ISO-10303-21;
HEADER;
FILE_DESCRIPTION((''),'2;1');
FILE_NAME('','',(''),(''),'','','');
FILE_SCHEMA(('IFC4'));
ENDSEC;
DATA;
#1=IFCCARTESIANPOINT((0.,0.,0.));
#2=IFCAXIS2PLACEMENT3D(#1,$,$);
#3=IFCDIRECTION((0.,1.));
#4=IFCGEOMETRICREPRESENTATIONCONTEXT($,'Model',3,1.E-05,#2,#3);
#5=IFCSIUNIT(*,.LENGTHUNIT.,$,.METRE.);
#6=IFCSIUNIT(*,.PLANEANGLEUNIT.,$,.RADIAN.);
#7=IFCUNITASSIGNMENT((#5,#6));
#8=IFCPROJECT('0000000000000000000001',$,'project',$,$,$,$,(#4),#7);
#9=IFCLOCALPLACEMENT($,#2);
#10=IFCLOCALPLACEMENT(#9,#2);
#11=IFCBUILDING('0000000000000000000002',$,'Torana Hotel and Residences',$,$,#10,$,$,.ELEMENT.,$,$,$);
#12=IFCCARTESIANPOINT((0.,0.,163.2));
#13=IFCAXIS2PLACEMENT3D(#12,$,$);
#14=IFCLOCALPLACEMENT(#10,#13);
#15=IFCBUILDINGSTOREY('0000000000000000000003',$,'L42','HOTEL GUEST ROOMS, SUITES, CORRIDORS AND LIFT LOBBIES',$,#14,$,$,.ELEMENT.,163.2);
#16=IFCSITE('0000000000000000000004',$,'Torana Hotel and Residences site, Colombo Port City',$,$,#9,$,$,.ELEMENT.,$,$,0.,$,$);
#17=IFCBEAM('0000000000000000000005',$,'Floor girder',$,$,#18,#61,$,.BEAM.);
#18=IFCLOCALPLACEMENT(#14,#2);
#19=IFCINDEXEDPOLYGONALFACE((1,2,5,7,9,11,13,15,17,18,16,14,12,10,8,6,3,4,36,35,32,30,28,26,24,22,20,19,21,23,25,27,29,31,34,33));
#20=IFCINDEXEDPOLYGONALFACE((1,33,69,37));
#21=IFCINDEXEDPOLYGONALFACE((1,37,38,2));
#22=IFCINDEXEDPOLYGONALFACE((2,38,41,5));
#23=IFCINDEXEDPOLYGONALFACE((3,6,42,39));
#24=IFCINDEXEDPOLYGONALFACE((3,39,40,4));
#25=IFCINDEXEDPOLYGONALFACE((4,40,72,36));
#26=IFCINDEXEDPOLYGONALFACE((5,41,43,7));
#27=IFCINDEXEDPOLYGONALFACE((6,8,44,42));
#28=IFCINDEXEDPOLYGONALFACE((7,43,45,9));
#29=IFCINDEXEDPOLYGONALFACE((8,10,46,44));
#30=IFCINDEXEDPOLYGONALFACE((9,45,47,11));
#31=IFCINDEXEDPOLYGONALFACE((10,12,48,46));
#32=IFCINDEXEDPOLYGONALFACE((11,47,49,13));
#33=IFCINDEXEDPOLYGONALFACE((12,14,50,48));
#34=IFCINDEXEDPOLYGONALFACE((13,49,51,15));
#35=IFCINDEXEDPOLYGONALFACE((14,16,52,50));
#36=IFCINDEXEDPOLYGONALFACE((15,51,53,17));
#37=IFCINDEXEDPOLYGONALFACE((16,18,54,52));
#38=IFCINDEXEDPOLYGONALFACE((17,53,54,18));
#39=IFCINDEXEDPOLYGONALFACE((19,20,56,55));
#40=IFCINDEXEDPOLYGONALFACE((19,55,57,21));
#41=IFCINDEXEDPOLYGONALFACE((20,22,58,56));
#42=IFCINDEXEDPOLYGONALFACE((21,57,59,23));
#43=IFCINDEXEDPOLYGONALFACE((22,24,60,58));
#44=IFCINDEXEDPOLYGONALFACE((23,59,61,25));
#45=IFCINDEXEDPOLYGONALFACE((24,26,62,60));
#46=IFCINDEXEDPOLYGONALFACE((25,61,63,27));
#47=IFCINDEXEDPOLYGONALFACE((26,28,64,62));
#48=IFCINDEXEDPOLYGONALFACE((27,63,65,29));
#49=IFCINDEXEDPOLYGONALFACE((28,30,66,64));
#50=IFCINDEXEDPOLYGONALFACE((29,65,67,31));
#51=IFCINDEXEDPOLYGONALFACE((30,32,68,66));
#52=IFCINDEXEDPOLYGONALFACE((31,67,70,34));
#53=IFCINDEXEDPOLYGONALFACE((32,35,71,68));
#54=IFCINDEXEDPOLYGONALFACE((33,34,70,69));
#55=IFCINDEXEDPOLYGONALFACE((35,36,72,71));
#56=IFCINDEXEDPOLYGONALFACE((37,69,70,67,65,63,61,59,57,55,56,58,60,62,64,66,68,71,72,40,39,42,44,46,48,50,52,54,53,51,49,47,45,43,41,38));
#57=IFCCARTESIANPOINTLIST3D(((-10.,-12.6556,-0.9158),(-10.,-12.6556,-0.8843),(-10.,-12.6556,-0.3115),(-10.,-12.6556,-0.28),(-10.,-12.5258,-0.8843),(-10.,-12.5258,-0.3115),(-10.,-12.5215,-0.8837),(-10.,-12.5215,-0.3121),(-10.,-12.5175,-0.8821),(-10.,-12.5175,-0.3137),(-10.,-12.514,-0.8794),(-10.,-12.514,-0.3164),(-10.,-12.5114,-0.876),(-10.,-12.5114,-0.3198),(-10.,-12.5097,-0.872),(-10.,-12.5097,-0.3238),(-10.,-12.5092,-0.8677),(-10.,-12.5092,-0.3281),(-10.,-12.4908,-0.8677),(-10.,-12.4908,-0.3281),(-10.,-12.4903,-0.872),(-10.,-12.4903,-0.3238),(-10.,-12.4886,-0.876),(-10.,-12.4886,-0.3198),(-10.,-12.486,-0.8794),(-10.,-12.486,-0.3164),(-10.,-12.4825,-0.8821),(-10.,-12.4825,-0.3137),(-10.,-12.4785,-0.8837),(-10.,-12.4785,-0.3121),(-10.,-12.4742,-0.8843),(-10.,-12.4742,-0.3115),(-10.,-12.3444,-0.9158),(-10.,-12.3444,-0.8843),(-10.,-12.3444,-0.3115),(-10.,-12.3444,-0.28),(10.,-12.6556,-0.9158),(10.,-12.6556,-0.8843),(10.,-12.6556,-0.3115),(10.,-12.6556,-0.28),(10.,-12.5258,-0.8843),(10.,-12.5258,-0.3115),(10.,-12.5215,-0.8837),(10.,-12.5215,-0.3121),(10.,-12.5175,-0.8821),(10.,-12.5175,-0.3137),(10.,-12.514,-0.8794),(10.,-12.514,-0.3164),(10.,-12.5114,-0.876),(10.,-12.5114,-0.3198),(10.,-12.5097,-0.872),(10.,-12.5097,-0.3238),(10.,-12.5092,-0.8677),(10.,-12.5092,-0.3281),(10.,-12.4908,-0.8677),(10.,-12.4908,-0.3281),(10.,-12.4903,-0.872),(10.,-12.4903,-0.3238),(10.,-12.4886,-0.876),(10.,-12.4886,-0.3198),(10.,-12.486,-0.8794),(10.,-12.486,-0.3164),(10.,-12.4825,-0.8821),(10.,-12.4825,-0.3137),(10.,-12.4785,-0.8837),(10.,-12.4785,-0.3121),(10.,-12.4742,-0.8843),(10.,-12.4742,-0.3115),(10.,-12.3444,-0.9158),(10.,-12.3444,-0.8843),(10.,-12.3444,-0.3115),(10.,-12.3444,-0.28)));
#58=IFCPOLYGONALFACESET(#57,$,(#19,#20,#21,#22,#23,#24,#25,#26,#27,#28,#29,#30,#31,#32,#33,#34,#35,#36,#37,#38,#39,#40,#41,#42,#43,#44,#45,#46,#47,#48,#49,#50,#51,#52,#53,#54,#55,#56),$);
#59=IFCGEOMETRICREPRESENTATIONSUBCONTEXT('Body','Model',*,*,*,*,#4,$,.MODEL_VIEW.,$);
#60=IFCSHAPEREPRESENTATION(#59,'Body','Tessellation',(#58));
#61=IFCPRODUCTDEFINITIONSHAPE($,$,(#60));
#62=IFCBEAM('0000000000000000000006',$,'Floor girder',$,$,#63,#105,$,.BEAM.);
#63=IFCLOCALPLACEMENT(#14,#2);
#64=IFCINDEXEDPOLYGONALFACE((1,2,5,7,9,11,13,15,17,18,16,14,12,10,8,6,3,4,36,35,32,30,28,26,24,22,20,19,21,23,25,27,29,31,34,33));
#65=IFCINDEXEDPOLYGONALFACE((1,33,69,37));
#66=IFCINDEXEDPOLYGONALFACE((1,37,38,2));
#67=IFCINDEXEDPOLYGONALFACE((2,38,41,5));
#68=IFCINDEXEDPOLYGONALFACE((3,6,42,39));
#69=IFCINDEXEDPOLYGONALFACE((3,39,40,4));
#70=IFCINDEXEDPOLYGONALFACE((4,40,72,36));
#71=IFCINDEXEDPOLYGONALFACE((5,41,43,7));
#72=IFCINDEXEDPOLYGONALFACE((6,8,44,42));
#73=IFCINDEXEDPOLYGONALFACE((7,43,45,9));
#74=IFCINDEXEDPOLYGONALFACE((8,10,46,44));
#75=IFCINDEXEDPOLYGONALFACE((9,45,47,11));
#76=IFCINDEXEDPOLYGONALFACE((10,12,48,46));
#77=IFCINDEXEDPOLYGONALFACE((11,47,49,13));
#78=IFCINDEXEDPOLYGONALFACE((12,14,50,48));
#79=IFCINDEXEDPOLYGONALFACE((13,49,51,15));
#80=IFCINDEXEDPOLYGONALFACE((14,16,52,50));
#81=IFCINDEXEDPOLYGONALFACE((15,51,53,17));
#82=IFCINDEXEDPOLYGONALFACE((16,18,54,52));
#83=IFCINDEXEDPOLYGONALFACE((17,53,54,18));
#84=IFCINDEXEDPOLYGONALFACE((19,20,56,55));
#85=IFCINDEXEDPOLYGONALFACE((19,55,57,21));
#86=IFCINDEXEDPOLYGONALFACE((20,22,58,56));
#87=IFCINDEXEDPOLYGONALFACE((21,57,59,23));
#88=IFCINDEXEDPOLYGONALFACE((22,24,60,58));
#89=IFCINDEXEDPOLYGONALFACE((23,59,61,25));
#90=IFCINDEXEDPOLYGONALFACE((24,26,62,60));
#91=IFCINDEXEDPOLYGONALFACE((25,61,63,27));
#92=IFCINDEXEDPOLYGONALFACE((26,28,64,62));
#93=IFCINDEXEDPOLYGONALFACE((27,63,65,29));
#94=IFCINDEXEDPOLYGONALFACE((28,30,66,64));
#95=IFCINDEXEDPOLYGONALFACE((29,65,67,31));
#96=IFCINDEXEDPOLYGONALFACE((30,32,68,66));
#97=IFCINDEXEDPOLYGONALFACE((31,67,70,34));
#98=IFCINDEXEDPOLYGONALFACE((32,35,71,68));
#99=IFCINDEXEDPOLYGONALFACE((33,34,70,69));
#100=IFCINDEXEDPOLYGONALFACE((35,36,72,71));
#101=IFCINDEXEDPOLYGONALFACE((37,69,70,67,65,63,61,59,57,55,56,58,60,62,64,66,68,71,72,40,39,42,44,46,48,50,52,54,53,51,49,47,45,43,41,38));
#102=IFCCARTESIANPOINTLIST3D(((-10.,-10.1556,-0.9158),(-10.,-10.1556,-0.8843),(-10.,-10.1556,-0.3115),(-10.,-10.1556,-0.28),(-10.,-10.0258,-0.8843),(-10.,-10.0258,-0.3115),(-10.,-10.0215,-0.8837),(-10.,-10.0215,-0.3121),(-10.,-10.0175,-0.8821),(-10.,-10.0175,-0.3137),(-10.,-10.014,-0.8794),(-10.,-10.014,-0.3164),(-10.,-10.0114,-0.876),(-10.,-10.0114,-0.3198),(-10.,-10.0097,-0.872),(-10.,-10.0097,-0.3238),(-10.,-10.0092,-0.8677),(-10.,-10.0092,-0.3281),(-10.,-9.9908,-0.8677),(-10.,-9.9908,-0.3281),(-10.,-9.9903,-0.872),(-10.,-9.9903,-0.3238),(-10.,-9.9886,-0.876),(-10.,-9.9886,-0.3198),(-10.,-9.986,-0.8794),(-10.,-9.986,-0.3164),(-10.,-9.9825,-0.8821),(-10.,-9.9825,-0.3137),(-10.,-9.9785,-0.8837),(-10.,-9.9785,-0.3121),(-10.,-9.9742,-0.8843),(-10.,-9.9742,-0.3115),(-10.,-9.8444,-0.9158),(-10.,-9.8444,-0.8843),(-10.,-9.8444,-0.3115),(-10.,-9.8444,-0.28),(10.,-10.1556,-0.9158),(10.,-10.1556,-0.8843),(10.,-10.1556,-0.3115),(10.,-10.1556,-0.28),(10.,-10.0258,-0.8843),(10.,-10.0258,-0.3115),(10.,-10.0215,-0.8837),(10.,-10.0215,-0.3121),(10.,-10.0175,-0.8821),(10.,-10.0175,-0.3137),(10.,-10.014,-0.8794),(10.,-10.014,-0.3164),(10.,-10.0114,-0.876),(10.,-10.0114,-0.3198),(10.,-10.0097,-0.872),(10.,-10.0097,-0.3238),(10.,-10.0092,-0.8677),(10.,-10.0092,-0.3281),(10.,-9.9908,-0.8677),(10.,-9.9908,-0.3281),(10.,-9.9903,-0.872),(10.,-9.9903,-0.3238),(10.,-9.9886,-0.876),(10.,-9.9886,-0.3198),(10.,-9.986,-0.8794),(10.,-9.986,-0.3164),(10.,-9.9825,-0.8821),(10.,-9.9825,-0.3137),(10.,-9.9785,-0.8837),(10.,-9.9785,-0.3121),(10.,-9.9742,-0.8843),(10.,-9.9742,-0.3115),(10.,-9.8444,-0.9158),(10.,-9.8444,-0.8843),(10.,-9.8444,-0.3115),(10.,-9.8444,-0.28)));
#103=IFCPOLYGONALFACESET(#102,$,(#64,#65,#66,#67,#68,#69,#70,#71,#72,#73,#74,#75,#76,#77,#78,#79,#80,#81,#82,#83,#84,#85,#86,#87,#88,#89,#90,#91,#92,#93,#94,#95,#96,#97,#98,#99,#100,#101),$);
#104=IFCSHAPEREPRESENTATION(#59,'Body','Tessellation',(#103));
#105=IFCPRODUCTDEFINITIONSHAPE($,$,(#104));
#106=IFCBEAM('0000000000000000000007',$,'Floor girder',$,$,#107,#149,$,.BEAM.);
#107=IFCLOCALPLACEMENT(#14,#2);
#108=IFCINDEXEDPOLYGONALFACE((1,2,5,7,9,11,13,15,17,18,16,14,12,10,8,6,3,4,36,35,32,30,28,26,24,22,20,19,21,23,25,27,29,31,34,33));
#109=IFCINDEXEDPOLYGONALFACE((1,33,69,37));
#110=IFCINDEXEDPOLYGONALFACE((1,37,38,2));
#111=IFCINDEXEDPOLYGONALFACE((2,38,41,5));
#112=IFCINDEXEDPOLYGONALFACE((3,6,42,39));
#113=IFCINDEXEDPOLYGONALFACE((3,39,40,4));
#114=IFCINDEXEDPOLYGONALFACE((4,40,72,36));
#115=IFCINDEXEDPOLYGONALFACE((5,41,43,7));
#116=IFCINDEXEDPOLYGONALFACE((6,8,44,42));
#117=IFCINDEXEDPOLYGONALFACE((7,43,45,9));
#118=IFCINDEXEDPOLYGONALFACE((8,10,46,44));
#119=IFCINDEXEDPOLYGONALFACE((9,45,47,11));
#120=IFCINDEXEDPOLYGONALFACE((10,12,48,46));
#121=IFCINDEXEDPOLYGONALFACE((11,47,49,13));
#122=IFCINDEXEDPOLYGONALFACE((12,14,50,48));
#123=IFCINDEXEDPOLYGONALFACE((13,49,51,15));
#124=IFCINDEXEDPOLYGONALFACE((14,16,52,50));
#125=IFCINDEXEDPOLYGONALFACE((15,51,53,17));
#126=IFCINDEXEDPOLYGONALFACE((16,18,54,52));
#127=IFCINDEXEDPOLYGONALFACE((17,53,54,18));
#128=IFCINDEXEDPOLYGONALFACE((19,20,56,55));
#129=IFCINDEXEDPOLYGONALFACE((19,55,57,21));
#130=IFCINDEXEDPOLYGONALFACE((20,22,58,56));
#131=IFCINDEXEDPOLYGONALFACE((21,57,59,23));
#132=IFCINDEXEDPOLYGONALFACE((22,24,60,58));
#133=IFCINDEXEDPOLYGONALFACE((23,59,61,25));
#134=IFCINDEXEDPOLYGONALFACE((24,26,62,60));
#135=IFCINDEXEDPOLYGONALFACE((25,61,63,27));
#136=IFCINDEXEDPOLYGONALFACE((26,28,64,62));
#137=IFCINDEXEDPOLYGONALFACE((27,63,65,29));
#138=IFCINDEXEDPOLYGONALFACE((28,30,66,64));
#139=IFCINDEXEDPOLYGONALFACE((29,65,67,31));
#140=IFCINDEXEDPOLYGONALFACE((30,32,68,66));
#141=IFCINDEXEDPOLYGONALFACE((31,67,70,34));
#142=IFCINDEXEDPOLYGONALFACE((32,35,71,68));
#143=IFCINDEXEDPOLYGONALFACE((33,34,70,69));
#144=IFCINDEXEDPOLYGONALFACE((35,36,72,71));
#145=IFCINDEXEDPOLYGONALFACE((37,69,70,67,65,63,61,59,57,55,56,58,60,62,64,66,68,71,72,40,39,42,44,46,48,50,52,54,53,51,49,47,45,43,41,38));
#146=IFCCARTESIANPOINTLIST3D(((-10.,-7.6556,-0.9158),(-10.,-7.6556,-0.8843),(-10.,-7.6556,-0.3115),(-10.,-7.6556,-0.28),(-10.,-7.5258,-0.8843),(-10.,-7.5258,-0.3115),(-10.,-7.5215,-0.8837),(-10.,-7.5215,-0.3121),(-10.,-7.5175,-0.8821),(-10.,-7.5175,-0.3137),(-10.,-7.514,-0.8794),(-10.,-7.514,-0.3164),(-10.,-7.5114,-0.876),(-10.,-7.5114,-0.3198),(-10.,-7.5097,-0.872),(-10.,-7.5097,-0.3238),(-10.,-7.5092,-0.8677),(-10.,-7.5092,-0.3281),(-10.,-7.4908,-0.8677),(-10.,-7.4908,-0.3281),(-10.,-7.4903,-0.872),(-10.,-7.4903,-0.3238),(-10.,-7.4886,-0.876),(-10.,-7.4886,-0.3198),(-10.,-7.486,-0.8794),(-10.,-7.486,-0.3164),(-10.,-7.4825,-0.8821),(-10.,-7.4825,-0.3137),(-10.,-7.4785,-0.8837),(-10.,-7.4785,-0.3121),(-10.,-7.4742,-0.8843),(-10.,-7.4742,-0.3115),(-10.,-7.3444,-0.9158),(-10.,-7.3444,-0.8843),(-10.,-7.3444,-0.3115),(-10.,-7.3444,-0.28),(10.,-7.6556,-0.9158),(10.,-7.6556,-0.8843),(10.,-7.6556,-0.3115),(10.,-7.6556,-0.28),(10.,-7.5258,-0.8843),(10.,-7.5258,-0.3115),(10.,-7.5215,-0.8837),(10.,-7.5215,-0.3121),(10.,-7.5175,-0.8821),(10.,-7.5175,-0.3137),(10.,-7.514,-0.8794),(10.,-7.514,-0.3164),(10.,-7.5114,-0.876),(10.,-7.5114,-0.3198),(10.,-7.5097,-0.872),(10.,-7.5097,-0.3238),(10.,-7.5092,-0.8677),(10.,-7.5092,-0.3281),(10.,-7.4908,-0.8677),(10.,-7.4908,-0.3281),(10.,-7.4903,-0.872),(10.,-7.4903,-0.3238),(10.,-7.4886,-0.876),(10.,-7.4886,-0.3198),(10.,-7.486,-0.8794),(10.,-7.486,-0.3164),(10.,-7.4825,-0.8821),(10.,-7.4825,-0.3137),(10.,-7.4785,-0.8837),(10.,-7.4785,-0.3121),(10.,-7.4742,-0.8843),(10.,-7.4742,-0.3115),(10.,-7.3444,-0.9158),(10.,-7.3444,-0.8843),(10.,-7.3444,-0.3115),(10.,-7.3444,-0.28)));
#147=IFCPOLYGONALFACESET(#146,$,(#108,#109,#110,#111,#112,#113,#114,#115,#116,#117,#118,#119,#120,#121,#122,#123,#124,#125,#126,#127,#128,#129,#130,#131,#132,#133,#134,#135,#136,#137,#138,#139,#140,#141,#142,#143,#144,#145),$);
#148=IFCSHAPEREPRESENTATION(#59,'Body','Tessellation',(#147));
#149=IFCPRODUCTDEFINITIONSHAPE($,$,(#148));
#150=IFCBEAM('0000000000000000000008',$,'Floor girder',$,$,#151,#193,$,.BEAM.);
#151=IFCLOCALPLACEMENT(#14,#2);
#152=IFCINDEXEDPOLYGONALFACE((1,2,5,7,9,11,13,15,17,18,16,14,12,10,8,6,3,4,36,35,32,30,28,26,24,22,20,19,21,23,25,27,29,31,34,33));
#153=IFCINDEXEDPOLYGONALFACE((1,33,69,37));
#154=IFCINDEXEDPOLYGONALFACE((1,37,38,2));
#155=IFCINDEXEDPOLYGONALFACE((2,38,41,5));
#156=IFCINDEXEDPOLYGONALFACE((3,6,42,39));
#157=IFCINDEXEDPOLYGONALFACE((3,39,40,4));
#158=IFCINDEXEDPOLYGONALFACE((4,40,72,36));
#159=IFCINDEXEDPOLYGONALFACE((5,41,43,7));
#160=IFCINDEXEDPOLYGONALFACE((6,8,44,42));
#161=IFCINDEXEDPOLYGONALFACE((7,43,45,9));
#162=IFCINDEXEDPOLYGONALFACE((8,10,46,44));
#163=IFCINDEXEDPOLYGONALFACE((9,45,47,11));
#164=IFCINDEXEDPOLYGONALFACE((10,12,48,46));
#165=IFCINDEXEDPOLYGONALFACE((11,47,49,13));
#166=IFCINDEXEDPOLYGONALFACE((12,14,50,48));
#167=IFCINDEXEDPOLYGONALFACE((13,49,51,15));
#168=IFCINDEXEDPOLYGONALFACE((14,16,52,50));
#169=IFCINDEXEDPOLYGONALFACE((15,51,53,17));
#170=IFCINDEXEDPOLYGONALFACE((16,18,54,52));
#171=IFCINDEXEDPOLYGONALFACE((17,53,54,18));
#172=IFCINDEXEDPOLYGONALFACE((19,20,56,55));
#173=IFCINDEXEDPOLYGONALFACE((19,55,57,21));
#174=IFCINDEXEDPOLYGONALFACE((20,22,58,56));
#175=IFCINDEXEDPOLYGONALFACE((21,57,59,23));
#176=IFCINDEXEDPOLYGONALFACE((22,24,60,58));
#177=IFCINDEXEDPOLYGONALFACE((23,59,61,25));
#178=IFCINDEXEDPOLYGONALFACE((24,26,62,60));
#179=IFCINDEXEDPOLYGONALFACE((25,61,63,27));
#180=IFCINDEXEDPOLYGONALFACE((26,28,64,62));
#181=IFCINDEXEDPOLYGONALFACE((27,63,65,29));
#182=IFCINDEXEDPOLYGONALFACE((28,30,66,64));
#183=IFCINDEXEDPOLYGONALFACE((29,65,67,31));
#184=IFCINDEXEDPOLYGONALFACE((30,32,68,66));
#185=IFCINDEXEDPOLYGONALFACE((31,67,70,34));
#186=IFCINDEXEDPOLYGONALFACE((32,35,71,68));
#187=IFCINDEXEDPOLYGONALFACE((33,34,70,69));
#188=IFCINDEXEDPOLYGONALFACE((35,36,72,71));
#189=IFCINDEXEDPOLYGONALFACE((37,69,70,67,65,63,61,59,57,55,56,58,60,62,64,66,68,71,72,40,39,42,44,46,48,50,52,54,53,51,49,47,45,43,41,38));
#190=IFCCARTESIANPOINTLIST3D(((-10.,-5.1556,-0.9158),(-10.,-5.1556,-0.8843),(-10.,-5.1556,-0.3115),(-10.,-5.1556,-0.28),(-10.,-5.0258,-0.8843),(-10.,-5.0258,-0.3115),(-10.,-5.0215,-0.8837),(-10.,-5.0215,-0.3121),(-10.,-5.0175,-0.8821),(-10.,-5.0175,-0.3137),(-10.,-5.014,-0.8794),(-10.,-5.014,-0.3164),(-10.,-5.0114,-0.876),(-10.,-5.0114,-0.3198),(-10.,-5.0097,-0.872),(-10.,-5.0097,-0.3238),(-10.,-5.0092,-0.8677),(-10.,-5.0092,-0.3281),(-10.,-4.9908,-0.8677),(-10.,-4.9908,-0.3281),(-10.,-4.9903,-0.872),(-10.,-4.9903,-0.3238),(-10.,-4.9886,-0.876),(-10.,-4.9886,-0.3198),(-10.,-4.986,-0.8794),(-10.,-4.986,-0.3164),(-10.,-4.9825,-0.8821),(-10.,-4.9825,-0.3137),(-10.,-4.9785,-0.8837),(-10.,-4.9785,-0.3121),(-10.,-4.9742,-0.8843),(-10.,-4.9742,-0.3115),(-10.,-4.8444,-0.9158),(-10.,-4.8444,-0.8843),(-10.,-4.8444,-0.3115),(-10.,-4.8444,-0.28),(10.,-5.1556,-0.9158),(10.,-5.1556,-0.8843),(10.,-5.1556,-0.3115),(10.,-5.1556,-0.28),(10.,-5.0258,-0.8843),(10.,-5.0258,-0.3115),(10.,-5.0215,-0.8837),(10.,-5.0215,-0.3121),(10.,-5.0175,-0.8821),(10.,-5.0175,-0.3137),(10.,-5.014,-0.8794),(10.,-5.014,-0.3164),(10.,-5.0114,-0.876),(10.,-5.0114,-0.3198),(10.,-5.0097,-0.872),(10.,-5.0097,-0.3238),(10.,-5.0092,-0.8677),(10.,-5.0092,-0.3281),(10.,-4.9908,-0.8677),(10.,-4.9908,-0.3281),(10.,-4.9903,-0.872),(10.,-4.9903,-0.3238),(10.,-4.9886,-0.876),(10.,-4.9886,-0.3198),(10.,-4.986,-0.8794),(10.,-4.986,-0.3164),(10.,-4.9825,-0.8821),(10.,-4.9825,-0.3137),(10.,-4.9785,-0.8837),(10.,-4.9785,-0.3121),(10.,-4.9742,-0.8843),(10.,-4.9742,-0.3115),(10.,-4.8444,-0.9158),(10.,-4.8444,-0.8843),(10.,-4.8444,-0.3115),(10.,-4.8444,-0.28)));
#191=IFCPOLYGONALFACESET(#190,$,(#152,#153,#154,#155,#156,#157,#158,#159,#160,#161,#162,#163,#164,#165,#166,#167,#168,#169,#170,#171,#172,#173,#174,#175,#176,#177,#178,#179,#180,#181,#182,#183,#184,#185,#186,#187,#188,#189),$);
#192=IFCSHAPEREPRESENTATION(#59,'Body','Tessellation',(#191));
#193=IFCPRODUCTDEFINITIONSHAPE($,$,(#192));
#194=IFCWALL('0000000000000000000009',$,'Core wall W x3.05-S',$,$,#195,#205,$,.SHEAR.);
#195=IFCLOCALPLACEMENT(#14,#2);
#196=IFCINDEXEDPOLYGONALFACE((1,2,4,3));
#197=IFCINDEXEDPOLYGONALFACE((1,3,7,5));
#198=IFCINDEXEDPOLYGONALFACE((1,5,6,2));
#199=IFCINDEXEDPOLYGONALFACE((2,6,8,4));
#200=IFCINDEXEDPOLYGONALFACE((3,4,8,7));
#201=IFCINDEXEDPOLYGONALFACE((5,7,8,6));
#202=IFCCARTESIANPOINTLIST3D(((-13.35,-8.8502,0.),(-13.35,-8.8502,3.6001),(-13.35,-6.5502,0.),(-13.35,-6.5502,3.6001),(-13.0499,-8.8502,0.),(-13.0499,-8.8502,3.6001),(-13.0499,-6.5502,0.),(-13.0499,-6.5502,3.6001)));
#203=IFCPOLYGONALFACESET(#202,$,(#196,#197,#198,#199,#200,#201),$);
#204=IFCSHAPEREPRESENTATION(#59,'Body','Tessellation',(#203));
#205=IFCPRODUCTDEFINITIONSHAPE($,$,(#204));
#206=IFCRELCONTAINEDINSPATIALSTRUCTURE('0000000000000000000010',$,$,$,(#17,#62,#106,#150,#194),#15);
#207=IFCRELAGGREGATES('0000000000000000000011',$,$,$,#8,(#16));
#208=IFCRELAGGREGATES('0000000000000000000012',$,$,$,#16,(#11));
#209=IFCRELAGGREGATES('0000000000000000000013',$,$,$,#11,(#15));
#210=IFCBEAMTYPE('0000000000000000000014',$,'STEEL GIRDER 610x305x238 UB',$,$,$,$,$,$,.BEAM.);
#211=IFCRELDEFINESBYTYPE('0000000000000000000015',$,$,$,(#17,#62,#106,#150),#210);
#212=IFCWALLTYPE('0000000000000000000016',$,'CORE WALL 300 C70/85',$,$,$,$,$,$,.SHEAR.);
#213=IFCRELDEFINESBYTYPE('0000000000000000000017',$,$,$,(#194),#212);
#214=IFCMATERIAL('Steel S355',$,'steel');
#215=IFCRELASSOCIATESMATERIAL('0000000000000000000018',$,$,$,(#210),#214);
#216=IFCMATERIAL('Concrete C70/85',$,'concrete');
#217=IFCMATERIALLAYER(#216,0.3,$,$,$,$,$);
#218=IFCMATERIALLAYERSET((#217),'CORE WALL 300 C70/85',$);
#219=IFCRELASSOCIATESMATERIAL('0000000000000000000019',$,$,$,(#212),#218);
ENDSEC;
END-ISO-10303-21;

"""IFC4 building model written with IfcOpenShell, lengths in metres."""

from ifc_helpers import new_model, si_unit, direction, frame, frame_2d, origin, origin_2d, place, context, subcontext, project, spatial, rectangle, i_section, extrude, material, layer, layer_set, material_profile, profile_set, type_object, element, save


model = new_model("IFC4")

# Units and contexts
model_context = context("Model", 3, precision=1e-05, world=origin(), true_north=direction((0.0, 1.0)))
body_context = subcontext(model_context, "Body", "Model", "MODEL_VIEW")
ifc_project = project(units=[si_unit("LENGTHUNIT", "METRE"), si_unit("PLANEANGLEUNIT", "RADIAN")], contexts=[model_context])

# Site, building, storey
site_placement = place(None, origin())
site = spatial("IfcSite", under=ifc_project, at=site_placement, Name="Torana Hotel and Residences site, Colombo Port City", CompositionType="ELEMENT", RefElevation=0.0)
building_placement = place(site_placement, origin())
building = spatial("IfcBuilding", under=site, at=building_placement, Name="Torana Hotel and Residences", CompositionType="ELEMENT")
storey_placement = place(building_placement, frame((0.0, 0.0, 163.2)))
storey = spatial("IfcBuildingStorey", under=building, at=storey_placement, Name="L42", Description="HOTEL GUEST ROOMS, SUITES, CORRIDORS AND LIFT LOBBIES", CompositionType="ELEMENT", Elevation=163.2)

# Beams
ifc_material_1 = material(Name="Steel S355", Category="steel")
ifc_material_profile = material_profile(ifc_material_1, i_section(OverallWidth=0.3113, OverallDepth=0.6357, WebThickness=0.0183, FlangeThickness=0.0315, FilletRadius=0.0166, at=origin_2d()), Name="610x305x238 UB")
ifc_profile_set = profile_set([ifc_material_profile], Name="Steel S355")
beam_type = type_object("IfcBeamType", Name="STEEL GIRDER 610x305x238 UB", PredefinedType="BEAM", material=ifc_profile_set)
for number, where, z_axis, x_axis, name in (
    (1, (-10.0, -12.5, -0.5979), (1.0, 0.0, 0.0), (0.0, 1.0, 0.0), "Floor girder"),
    (2, (-10.0, -10.0, -0.5979), (1.0, 0.0, 0.0), (0.0, 1.0, 0.0), "Floor girder"),
    (3, (-10.0, -7.5, -0.5979), (1.0, 0.0, 0.0), (0.0, 1.0, 0.0), "Floor girder"),
    (4, (-10.0, -5.0, -0.5979), (1.0, 0.0, 0.0), (0.0, 1.0, 0.0), "Floor girder"),
):
    element("IfcBeam", number, at=place(storey_placement, frame(where, z_axis=z_axis, x_axis=x_axis)), inside=storey, type_object=beam_type, Name=name, PredefinedType="BEAM", context=body_context, shape_type="SweptSolid", body=[
        extrude(i_section(OverallWidth=0.3113, OverallDepth=0.6357, WebThickness=0.0183, FlangeThickness=0.0315, FilletRadius=0.0166, at=origin_2d()), origin(), (0.0, 0.0, 1.0), 20.0),
    ])

# Wall
ifc_material_2 = material(Name="Concrete C70/85", Category="concrete")
ifc_layer_1 = layer(ifc_material_2, 0.3)
ifc_layer_set_1 = layer_set([ifc_layer_1], Name="CORE WALL 300 C70/85")
wall_type_1 = type_object("IfcWallType", Name="CORE WALL 300 C70/85", PredefinedType="SHEAR", material=ifc_layer_set_1)
wall_1_placement = place(storey_placement, frame((-13.2, -8.8501, 0.0), z_axis=(0.0, 0.0, 1.0), x_axis=(0.0, 1.0, 0.0)))
element("IfcWall", 5, at=wall_1_placement, inside=storey, type_object=wall_type_1, Name="Core wall W x3.05-S", PredefinedType="SHEAR", context=body_context, shape_type="SweptSolid", body=[
    extrude(rectangle(XDim=2.3, YDim=0.3, at=frame_2d((1.1499, 0.0))), origin(), (0.0, 0.0, 1.0), 3.6001),
])

save(model, "model.ifc")
